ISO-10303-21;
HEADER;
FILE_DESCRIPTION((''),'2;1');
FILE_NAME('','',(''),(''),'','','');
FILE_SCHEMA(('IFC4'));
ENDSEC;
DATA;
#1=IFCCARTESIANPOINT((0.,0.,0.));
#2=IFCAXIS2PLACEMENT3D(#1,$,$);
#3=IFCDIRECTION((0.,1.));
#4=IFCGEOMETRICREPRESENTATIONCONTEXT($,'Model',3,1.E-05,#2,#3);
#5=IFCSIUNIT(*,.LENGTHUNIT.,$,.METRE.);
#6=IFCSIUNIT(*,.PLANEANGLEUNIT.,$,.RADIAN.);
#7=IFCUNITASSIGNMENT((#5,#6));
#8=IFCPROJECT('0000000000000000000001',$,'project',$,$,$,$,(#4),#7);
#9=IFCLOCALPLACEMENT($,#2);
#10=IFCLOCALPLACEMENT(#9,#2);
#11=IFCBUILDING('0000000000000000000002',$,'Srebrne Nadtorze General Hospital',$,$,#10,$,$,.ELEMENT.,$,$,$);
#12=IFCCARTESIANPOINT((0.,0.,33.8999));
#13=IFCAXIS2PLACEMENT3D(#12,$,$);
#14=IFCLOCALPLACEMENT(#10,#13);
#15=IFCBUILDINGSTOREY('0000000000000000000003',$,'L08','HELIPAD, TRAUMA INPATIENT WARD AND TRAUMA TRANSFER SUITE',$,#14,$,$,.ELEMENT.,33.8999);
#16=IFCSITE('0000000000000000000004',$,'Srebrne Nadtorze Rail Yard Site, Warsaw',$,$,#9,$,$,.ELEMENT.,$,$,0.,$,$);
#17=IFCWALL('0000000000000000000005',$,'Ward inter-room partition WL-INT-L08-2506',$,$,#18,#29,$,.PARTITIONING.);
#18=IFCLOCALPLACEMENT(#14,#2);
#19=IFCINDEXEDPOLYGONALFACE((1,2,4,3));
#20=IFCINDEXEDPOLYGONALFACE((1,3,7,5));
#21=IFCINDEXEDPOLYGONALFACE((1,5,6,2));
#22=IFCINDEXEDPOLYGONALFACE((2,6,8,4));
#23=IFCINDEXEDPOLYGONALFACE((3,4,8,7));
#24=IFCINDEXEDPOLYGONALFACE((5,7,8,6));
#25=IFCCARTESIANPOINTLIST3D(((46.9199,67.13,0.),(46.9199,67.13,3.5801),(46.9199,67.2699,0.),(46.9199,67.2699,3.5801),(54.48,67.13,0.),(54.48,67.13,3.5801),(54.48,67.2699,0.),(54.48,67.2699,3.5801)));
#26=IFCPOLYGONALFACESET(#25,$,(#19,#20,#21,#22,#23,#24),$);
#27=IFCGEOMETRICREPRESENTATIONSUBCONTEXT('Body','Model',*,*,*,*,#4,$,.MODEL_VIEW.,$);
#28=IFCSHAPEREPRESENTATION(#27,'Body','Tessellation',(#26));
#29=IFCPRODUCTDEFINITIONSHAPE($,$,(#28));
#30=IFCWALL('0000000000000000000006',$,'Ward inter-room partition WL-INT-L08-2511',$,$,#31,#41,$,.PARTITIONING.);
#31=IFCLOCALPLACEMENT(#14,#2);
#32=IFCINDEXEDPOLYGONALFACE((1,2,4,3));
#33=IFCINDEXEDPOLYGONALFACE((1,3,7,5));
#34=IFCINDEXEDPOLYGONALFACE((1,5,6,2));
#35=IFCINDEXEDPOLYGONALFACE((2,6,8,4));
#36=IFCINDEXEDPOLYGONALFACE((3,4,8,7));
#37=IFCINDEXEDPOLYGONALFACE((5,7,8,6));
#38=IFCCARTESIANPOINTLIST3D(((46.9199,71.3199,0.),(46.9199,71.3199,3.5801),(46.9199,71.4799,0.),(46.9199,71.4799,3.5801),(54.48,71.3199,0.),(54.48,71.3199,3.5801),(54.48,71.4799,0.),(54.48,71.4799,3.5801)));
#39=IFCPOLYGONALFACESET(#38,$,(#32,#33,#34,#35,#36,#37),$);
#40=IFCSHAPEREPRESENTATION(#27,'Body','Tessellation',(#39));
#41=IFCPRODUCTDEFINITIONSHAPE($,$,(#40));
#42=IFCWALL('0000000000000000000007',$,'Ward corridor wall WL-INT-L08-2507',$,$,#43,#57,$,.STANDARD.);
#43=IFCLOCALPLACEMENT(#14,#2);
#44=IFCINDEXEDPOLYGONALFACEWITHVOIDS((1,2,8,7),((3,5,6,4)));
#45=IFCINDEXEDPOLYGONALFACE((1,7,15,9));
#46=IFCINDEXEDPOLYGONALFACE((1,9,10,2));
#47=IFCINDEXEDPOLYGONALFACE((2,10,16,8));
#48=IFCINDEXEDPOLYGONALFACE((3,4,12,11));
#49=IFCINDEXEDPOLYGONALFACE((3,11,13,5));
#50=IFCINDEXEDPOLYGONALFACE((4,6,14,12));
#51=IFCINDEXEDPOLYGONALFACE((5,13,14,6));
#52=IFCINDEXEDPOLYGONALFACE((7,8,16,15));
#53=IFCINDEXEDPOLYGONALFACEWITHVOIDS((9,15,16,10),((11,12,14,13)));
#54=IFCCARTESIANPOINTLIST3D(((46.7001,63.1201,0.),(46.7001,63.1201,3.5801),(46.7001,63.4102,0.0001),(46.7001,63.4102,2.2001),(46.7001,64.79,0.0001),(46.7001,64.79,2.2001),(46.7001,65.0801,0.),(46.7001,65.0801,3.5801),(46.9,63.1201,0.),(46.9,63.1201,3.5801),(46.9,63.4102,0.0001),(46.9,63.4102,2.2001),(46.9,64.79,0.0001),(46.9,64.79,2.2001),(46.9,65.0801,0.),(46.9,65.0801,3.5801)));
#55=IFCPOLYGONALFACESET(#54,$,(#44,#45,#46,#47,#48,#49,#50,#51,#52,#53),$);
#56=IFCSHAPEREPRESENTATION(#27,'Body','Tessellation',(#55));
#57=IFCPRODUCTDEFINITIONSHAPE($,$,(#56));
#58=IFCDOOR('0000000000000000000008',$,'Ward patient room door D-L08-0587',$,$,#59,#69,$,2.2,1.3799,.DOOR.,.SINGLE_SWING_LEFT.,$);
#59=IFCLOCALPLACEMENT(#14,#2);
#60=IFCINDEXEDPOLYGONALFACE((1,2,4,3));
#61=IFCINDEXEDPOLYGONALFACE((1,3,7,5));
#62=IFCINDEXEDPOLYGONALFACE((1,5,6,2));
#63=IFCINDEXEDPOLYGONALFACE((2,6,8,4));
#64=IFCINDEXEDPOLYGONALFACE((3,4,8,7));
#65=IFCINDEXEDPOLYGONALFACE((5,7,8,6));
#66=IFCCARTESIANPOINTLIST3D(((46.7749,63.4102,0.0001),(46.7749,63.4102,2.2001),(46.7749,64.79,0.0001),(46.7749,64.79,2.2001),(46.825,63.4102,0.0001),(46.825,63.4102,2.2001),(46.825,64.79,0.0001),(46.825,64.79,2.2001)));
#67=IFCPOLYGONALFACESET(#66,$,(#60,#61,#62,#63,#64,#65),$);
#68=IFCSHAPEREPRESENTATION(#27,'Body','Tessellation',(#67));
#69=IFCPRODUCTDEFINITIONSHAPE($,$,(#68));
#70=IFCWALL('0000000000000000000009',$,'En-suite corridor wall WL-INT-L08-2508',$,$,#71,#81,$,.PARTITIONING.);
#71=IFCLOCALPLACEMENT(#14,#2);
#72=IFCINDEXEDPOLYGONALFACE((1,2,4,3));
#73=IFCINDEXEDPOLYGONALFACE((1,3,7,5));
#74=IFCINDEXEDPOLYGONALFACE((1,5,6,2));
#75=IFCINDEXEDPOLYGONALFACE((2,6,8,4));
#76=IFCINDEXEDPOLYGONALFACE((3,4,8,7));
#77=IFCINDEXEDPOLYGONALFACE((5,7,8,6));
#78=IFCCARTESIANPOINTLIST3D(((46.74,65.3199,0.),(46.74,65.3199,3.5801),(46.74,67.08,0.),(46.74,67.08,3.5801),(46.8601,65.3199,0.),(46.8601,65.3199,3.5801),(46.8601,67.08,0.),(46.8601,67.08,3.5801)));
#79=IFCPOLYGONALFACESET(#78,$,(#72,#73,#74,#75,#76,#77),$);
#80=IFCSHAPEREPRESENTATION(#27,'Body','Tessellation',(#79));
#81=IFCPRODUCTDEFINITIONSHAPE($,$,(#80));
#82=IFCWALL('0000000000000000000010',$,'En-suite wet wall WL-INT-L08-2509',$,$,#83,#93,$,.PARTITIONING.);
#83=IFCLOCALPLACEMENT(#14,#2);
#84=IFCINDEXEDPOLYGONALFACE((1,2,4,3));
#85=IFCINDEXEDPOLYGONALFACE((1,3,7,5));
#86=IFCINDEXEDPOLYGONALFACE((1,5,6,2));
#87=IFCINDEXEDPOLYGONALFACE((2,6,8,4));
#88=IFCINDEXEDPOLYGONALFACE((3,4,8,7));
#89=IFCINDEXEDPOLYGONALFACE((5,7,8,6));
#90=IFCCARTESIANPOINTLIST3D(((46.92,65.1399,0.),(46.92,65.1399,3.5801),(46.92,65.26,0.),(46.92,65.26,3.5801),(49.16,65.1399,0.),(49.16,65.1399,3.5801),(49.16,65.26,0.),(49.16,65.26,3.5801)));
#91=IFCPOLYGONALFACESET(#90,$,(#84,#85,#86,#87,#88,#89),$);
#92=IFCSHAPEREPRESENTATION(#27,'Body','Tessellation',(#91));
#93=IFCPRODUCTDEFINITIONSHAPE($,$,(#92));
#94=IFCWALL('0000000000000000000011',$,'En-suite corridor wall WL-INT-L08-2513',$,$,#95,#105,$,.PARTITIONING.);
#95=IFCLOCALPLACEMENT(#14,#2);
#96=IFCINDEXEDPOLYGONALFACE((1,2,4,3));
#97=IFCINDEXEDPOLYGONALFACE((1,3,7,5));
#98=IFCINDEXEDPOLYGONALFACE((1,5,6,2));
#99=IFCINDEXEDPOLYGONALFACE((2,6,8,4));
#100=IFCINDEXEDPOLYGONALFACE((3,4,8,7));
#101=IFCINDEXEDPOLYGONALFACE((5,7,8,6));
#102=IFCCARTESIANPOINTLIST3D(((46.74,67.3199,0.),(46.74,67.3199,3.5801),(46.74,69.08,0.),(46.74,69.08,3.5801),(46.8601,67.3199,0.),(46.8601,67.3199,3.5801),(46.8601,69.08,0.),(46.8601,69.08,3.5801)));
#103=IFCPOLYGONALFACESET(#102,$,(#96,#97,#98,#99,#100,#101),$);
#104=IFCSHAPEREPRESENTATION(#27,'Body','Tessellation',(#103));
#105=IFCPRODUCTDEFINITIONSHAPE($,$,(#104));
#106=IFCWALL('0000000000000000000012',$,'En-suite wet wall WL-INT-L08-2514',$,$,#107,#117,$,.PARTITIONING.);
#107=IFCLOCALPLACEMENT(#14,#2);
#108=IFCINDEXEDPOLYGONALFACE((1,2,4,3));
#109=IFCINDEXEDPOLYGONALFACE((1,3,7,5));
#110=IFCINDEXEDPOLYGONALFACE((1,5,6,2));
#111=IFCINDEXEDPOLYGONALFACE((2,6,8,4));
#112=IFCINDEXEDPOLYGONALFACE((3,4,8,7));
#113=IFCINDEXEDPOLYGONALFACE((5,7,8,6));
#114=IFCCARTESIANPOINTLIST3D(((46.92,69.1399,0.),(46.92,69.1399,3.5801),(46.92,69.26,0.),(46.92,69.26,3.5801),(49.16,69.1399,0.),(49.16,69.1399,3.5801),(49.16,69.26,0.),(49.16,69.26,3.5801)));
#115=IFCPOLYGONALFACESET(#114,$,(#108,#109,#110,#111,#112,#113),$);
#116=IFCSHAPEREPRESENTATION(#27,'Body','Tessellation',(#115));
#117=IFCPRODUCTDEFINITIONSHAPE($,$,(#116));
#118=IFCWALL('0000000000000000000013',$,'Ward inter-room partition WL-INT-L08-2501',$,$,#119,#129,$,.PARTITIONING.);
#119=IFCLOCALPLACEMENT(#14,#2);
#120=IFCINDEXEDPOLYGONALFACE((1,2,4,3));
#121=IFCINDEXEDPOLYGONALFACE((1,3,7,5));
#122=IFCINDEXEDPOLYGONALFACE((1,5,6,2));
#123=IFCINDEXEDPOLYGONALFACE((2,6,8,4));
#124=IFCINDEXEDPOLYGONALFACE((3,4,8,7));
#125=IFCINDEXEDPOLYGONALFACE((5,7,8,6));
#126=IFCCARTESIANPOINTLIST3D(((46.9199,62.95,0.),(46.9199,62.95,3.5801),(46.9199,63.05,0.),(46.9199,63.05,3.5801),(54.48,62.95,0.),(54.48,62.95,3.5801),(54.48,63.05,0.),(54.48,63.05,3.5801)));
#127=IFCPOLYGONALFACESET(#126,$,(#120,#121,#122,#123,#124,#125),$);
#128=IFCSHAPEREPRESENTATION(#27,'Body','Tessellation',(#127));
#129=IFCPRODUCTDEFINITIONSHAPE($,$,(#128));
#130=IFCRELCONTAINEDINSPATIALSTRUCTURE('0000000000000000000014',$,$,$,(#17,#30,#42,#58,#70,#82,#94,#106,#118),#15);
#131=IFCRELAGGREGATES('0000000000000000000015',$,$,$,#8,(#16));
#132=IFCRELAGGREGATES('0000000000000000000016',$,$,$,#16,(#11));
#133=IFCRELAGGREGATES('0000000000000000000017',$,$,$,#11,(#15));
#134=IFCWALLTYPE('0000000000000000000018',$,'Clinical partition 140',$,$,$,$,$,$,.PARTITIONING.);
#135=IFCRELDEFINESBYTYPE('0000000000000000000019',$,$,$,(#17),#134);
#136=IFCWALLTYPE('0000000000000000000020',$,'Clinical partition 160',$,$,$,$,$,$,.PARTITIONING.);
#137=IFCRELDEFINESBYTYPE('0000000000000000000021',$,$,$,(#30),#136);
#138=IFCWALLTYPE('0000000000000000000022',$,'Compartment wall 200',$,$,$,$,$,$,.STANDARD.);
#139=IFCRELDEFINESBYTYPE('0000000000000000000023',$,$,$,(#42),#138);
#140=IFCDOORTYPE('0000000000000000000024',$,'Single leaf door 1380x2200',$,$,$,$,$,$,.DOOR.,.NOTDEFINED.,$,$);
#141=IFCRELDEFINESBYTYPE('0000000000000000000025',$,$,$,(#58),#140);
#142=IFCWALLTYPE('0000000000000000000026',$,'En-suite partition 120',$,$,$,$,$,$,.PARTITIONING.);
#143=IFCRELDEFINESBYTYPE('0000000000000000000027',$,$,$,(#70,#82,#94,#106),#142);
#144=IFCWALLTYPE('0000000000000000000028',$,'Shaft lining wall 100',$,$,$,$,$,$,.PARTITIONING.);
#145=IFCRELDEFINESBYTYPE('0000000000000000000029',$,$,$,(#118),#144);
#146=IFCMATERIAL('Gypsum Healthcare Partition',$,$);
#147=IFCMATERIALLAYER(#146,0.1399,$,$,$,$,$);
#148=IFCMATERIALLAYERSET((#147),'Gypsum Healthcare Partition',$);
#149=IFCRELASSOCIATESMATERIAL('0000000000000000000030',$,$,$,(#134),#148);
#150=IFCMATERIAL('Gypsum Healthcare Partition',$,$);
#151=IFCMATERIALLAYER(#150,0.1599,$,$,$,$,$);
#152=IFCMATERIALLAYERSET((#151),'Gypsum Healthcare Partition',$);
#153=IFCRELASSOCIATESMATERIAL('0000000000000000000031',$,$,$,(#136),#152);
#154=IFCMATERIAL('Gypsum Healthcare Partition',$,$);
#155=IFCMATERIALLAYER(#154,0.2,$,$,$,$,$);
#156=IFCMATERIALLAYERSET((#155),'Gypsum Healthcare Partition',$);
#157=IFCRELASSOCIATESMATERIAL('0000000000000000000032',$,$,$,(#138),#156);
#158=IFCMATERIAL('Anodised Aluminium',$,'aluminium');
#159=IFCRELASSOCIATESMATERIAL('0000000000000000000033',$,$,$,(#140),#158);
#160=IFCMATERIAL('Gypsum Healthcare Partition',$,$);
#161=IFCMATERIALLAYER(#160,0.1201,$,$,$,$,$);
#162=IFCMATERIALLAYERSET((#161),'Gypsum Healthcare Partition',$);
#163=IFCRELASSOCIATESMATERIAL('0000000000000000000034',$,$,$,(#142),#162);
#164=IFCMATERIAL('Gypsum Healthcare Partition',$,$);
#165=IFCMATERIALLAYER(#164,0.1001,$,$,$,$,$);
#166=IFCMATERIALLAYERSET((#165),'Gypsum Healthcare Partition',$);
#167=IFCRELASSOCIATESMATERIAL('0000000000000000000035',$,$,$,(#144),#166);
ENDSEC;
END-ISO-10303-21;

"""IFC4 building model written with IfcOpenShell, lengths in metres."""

from ifc_helpers import new_model, si_unit, direction, frame, frame_2d, origin, place, context, subcontext, project, spatial, rectangle, extrude, material, layer, layer_set, type_object, element, fill, save


model = new_model("IFC4")

# Units and contexts
model_context = context("Model", 3, precision=1e-05, world=origin(), true_north=direction((0.0, 1.0)))
body_context = subcontext(model_context, "Body", "Model", "MODEL_VIEW")
ifc_project = project(units=[si_unit("LENGTHUNIT", "METRE"), si_unit("PLANEANGLEUNIT", "RADIAN")], contexts=[model_context])

# Site, building, storey
site_placement = place(None, origin())
site = spatial("IfcSite", under=ifc_project, at=site_placement, Name="Srebrne Nadtorze Rail Yard Site, Warsaw", CompositionType="ELEMENT", RefElevation=0.0)
building_placement = place(site_placement, origin())
building = spatial("IfcBuilding", under=site, at=building_placement, Name="Srebrne Nadtorze General Hospital", CompositionType="ELEMENT")
storey_placement = place(building_placement, frame((0.0, 0.0, 33.8999)))
storey = spatial("IfcBuildingStorey", under=building, at=storey_placement, Name="L08", Description="HELIPAD, TRAUMA INPATIENT WARD AND TRAUMA TRANSFER SUITE", CompositionType="ELEMENT", Elevation=33.8999)

# Walls
ifc_material_1 = material(Name="Gypsum Healthcare Partition")
ifc_layer_1 = layer(ifc_material_1, 0.1399)
ifc_layer_set_1 = layer_set([ifc_layer_1], Name="Gypsum Healthcare Partition")
wall_type_1 = type_object("IfcWallType", Name="Clinical partition 140", PredefinedType="PARTITIONING", material=ifc_layer_set_1)
wall_1_placement = place(storey_placement, frame((46.9199, 67.2, 0.0), z_axis=(0.0, 0.0, 1.0), x_axis=(1.0, 0.0, 0.0)))
element("IfcWall", 1, at=wall_1_placement, inside=storey, type_object=wall_type_1, Name="Ward inter-room partition WL-INT-L08-2506", PredefinedType="PARTITIONING", context=body_context, shape_type="SweptSolid", body=[
    extrude(rectangle(XDim=7.5601, YDim=0.1399, at=frame_2d((3.78, 0.0))), origin(), (0.0, 0.0, 1.0), 3.5801),
])
ifc_material_2 = material(Name="Gypsum Healthcare Partition")
ifc_layer_2 = layer(ifc_material_2, 0.1599)
ifc_layer_set_2 = layer_set([ifc_layer_2], Name="Gypsum Healthcare Partition")
wall_type_2 = type_object("IfcWallType", Name="Clinical partition 160", PredefinedType="PARTITIONING", material=ifc_layer_set_2)
wall_2_placement = place(storey_placement, frame((46.9199, 71.3999, 0.0), z_axis=(0.0, 0.0, 1.0), x_axis=(1.0, 0.0, 0.0)))
element("IfcWall", 2, at=wall_2_placement, inside=storey, type_object=wall_type_2, Name="Ward inter-room partition WL-INT-L08-2511", PredefinedType="PARTITIONING", context=body_context, shape_type="SweptSolid", body=[
    extrude(rectangle(XDim=7.5601, YDim=0.1599, at=frame_2d((3.78, 0.0))), origin(), (0.0, 0.0, 1.0), 3.5801),
])

# Wall, opening, door
ifc_material_3 = material(Name="Gypsum Healthcare Partition")
ifc_layer_3 = layer(ifc_material_3, 0.2)
ifc_layer_set_3 = layer_set([ifc_layer_3], Name="Gypsum Healthcare Partition")
wall_type_3 = type_object("IfcWallType", Name="Compartment wall 200", PredefinedType="STANDARD", material=ifc_layer_set_3)
wall_3_placement = place(storey_placement, frame((46.8, 63.1201, 0.0), z_axis=(0.0, 0.0, 1.0), x_axis=(0.0, 1.0, 0.0)))
wall_3 = element("IfcWall", 3, at=wall_3_placement, inside=storey, type_object=wall_type_3, Name="Ward corridor wall WL-INT-L08-2507", PredefinedType="STANDARD", context=body_context, shape_type="SweptSolid", body=[
    extrude(rectangle(XDim=1.96, YDim=0.2, at=frame_2d((0.98, 0.0))), origin(), (0.0, 0.0, 1.0), 3.5801),
])
opening_1_placement = place(wall_3_placement, frame((0.29, 0.0, 0.0)))
opening_1 = element("IfcOpeningElement", 4, at=opening_1_placement, cuts=wall_3, PredefinedType="OPENING", context=body_context, shape_type="SweptSolid", body=[
    extrude(rectangle(XDim=1.3799, YDim=2.2, at=frame_2d((0.6899, 1.1001))), frame((0.0, 0.1118, 0.0), z_axis=(0.0, -1.0, 0.0), x_axis=(1.0, 0.0, 0.0)), (0.0, 0.0, 1.0), 0.2239),
])
ifc_material_4 = material(Name="Anodised Aluminium", Category="aluminium")
door_type_1 = type_object("IfcDoorType", Name="Single leaf door 1380x2200", OperationType="NOTDEFINED", PredefinedType="DOOR", material=ifc_material_4)
door_1_placement = place(opening_1_placement, frame((1.3799, 0.0, 0.0), z_axis=(0.0, 0.0, 1.0), x_axis=(-1.0, 0.0, 0.0)))
door_1 = element("IfcDoor", 5, at=door_1_placement, inside=storey, type_object=door_type_1, Name="Ward patient room door D-L08-0587", OperationType="SINGLE_SWING_LEFT", OverallHeight=2.2, OverallWidth=1.3799, PredefinedType="DOOR", context=body_context, shape_type="SweptSolid", body=[
    extrude(rectangle(XDim=1.3799, YDim=2.2, at=frame_2d((0.6899, 1.1001))), frame((0.0, 0.0249, 0.0), z_axis=(0.0, -1.0, 0.0), x_axis=(1.0, 0.0, 0.0)), (0.0, 0.0, 1.0), 0.05),
])
fill(opening_1, door_1)

# Walls
ifc_material_5 = material(Name="Gypsum Healthcare Partition")
ifc_layer_4 = layer(ifc_material_5, 0.1201)
ifc_layer_set_4 = layer_set([ifc_layer_4], Name="Gypsum Healthcare Partition")
wall_type_4 = type_object("IfcWallType", Name="En-suite partition 120", PredefinedType="PARTITIONING", material=ifc_layer_set_4)
wall_4_placement = place(storey_placement, frame((46.8, 65.3201, 0.0), z_axis=(0.0, 0.0, 1.0), x_axis=(0.0, 1.0, 0.0)))
element("IfcWall", 6, at=wall_4_placement, inside=storey, type_object=wall_type_4, Name="En-suite corridor wall WL-INT-L08-2508", PredefinedType="PARTITIONING", context=body_context, shape_type="SweptSolid", body=[
    extrude(rectangle(XDim=1.76, YDim=0.1201, at=frame_2d((0.8799, 0.0))), origin(), (0.0, 0.0, 1.0), 3.5801),
])
wall_5_placement = place(storey_placement, frame((46.9199, 65.2, 0.0), z_axis=(0.0, 0.0, 1.0), x_axis=(1.0, 0.0, 0.0)))
element("IfcWall", 7, at=wall_5_placement, inside=storey, type_object=wall_type_4, Name="En-suite wet wall WL-INT-L08-2509", PredefinedType="PARTITIONING", context=body_context, shape_type="SweptSolid", body=[
    extrude(rectangle(XDim=2.24, YDim=0.1201, at=frame_2d((1.1201, 0.0))), origin(), (0.0, 0.0, 1.0), 3.5801),
])
wall_6_placement = place(storey_placement, frame((46.8, 67.3201, 0.0), z_axis=(0.0, 0.0, 1.0), x_axis=(0.0, 1.0, 0.0)))
element("IfcWall", 8, at=wall_6_placement, inside=storey, type_object=wall_type_4, Name="En-suite corridor wall WL-INT-L08-2513", PredefinedType="PARTITIONING", context=body_context, shape_type="SweptSolid", body=[
    extrude(rectangle(XDim=1.76, YDim=0.1201, at=frame_2d((0.8799, 0.0))), origin(), (0.0, 0.0, 1.0), 3.5801),
])
wall_7_placement = place(storey_placement, frame((46.9199, 69.2, 0.0), z_axis=(0.0, 0.0, 1.0), x_axis=(1.0, 0.0, 0.0)))
element("IfcWall", 9, at=wall_7_placement, inside=storey, type_object=wall_type_4, Name="En-suite wet wall WL-INT-L08-2514", PredefinedType="PARTITIONING", context=body_context, shape_type="SweptSolid", body=[
    extrude(rectangle(XDim=2.24, YDim=0.1201, at=frame_2d((1.1201, 0.0))), origin(), (0.0, 0.0, 1.0), 3.5801),
])
ifc_material_6 = material(Name="Gypsum Healthcare Partition")
ifc_layer_5 = layer(ifc_material_6, 0.1001)
ifc_layer_set_5 = layer_set([ifc_layer_5], Name="Gypsum Healthcare Partition")
wall_type_5 = type_object("IfcWallType", Name="Shaft lining wall 100", PredefinedType="PARTITIONING", material=ifc_layer_set_5)
wall_8_placement = place(storey_placement, frame((46.9199, 63.0, 0.0), z_axis=(0.0, 0.0, 1.0), x_axis=(1.0, 0.0, 0.0)))
element("IfcWall", 10, at=wall_8_placement, inside=storey, type_object=wall_type_5, Name="Ward inter-room partition WL-INT-L08-2501", PredefinedType="PARTITIONING", context=body_context, shape_type="SweptSolid", body=[
    extrude(rectangle(XDim=7.5601, YDim=0.1001, at=frame_2d((3.78, 0.0))), origin(), (0.0, 0.0, 1.0), 3.5801),
])

save(model, "model.ifc")
